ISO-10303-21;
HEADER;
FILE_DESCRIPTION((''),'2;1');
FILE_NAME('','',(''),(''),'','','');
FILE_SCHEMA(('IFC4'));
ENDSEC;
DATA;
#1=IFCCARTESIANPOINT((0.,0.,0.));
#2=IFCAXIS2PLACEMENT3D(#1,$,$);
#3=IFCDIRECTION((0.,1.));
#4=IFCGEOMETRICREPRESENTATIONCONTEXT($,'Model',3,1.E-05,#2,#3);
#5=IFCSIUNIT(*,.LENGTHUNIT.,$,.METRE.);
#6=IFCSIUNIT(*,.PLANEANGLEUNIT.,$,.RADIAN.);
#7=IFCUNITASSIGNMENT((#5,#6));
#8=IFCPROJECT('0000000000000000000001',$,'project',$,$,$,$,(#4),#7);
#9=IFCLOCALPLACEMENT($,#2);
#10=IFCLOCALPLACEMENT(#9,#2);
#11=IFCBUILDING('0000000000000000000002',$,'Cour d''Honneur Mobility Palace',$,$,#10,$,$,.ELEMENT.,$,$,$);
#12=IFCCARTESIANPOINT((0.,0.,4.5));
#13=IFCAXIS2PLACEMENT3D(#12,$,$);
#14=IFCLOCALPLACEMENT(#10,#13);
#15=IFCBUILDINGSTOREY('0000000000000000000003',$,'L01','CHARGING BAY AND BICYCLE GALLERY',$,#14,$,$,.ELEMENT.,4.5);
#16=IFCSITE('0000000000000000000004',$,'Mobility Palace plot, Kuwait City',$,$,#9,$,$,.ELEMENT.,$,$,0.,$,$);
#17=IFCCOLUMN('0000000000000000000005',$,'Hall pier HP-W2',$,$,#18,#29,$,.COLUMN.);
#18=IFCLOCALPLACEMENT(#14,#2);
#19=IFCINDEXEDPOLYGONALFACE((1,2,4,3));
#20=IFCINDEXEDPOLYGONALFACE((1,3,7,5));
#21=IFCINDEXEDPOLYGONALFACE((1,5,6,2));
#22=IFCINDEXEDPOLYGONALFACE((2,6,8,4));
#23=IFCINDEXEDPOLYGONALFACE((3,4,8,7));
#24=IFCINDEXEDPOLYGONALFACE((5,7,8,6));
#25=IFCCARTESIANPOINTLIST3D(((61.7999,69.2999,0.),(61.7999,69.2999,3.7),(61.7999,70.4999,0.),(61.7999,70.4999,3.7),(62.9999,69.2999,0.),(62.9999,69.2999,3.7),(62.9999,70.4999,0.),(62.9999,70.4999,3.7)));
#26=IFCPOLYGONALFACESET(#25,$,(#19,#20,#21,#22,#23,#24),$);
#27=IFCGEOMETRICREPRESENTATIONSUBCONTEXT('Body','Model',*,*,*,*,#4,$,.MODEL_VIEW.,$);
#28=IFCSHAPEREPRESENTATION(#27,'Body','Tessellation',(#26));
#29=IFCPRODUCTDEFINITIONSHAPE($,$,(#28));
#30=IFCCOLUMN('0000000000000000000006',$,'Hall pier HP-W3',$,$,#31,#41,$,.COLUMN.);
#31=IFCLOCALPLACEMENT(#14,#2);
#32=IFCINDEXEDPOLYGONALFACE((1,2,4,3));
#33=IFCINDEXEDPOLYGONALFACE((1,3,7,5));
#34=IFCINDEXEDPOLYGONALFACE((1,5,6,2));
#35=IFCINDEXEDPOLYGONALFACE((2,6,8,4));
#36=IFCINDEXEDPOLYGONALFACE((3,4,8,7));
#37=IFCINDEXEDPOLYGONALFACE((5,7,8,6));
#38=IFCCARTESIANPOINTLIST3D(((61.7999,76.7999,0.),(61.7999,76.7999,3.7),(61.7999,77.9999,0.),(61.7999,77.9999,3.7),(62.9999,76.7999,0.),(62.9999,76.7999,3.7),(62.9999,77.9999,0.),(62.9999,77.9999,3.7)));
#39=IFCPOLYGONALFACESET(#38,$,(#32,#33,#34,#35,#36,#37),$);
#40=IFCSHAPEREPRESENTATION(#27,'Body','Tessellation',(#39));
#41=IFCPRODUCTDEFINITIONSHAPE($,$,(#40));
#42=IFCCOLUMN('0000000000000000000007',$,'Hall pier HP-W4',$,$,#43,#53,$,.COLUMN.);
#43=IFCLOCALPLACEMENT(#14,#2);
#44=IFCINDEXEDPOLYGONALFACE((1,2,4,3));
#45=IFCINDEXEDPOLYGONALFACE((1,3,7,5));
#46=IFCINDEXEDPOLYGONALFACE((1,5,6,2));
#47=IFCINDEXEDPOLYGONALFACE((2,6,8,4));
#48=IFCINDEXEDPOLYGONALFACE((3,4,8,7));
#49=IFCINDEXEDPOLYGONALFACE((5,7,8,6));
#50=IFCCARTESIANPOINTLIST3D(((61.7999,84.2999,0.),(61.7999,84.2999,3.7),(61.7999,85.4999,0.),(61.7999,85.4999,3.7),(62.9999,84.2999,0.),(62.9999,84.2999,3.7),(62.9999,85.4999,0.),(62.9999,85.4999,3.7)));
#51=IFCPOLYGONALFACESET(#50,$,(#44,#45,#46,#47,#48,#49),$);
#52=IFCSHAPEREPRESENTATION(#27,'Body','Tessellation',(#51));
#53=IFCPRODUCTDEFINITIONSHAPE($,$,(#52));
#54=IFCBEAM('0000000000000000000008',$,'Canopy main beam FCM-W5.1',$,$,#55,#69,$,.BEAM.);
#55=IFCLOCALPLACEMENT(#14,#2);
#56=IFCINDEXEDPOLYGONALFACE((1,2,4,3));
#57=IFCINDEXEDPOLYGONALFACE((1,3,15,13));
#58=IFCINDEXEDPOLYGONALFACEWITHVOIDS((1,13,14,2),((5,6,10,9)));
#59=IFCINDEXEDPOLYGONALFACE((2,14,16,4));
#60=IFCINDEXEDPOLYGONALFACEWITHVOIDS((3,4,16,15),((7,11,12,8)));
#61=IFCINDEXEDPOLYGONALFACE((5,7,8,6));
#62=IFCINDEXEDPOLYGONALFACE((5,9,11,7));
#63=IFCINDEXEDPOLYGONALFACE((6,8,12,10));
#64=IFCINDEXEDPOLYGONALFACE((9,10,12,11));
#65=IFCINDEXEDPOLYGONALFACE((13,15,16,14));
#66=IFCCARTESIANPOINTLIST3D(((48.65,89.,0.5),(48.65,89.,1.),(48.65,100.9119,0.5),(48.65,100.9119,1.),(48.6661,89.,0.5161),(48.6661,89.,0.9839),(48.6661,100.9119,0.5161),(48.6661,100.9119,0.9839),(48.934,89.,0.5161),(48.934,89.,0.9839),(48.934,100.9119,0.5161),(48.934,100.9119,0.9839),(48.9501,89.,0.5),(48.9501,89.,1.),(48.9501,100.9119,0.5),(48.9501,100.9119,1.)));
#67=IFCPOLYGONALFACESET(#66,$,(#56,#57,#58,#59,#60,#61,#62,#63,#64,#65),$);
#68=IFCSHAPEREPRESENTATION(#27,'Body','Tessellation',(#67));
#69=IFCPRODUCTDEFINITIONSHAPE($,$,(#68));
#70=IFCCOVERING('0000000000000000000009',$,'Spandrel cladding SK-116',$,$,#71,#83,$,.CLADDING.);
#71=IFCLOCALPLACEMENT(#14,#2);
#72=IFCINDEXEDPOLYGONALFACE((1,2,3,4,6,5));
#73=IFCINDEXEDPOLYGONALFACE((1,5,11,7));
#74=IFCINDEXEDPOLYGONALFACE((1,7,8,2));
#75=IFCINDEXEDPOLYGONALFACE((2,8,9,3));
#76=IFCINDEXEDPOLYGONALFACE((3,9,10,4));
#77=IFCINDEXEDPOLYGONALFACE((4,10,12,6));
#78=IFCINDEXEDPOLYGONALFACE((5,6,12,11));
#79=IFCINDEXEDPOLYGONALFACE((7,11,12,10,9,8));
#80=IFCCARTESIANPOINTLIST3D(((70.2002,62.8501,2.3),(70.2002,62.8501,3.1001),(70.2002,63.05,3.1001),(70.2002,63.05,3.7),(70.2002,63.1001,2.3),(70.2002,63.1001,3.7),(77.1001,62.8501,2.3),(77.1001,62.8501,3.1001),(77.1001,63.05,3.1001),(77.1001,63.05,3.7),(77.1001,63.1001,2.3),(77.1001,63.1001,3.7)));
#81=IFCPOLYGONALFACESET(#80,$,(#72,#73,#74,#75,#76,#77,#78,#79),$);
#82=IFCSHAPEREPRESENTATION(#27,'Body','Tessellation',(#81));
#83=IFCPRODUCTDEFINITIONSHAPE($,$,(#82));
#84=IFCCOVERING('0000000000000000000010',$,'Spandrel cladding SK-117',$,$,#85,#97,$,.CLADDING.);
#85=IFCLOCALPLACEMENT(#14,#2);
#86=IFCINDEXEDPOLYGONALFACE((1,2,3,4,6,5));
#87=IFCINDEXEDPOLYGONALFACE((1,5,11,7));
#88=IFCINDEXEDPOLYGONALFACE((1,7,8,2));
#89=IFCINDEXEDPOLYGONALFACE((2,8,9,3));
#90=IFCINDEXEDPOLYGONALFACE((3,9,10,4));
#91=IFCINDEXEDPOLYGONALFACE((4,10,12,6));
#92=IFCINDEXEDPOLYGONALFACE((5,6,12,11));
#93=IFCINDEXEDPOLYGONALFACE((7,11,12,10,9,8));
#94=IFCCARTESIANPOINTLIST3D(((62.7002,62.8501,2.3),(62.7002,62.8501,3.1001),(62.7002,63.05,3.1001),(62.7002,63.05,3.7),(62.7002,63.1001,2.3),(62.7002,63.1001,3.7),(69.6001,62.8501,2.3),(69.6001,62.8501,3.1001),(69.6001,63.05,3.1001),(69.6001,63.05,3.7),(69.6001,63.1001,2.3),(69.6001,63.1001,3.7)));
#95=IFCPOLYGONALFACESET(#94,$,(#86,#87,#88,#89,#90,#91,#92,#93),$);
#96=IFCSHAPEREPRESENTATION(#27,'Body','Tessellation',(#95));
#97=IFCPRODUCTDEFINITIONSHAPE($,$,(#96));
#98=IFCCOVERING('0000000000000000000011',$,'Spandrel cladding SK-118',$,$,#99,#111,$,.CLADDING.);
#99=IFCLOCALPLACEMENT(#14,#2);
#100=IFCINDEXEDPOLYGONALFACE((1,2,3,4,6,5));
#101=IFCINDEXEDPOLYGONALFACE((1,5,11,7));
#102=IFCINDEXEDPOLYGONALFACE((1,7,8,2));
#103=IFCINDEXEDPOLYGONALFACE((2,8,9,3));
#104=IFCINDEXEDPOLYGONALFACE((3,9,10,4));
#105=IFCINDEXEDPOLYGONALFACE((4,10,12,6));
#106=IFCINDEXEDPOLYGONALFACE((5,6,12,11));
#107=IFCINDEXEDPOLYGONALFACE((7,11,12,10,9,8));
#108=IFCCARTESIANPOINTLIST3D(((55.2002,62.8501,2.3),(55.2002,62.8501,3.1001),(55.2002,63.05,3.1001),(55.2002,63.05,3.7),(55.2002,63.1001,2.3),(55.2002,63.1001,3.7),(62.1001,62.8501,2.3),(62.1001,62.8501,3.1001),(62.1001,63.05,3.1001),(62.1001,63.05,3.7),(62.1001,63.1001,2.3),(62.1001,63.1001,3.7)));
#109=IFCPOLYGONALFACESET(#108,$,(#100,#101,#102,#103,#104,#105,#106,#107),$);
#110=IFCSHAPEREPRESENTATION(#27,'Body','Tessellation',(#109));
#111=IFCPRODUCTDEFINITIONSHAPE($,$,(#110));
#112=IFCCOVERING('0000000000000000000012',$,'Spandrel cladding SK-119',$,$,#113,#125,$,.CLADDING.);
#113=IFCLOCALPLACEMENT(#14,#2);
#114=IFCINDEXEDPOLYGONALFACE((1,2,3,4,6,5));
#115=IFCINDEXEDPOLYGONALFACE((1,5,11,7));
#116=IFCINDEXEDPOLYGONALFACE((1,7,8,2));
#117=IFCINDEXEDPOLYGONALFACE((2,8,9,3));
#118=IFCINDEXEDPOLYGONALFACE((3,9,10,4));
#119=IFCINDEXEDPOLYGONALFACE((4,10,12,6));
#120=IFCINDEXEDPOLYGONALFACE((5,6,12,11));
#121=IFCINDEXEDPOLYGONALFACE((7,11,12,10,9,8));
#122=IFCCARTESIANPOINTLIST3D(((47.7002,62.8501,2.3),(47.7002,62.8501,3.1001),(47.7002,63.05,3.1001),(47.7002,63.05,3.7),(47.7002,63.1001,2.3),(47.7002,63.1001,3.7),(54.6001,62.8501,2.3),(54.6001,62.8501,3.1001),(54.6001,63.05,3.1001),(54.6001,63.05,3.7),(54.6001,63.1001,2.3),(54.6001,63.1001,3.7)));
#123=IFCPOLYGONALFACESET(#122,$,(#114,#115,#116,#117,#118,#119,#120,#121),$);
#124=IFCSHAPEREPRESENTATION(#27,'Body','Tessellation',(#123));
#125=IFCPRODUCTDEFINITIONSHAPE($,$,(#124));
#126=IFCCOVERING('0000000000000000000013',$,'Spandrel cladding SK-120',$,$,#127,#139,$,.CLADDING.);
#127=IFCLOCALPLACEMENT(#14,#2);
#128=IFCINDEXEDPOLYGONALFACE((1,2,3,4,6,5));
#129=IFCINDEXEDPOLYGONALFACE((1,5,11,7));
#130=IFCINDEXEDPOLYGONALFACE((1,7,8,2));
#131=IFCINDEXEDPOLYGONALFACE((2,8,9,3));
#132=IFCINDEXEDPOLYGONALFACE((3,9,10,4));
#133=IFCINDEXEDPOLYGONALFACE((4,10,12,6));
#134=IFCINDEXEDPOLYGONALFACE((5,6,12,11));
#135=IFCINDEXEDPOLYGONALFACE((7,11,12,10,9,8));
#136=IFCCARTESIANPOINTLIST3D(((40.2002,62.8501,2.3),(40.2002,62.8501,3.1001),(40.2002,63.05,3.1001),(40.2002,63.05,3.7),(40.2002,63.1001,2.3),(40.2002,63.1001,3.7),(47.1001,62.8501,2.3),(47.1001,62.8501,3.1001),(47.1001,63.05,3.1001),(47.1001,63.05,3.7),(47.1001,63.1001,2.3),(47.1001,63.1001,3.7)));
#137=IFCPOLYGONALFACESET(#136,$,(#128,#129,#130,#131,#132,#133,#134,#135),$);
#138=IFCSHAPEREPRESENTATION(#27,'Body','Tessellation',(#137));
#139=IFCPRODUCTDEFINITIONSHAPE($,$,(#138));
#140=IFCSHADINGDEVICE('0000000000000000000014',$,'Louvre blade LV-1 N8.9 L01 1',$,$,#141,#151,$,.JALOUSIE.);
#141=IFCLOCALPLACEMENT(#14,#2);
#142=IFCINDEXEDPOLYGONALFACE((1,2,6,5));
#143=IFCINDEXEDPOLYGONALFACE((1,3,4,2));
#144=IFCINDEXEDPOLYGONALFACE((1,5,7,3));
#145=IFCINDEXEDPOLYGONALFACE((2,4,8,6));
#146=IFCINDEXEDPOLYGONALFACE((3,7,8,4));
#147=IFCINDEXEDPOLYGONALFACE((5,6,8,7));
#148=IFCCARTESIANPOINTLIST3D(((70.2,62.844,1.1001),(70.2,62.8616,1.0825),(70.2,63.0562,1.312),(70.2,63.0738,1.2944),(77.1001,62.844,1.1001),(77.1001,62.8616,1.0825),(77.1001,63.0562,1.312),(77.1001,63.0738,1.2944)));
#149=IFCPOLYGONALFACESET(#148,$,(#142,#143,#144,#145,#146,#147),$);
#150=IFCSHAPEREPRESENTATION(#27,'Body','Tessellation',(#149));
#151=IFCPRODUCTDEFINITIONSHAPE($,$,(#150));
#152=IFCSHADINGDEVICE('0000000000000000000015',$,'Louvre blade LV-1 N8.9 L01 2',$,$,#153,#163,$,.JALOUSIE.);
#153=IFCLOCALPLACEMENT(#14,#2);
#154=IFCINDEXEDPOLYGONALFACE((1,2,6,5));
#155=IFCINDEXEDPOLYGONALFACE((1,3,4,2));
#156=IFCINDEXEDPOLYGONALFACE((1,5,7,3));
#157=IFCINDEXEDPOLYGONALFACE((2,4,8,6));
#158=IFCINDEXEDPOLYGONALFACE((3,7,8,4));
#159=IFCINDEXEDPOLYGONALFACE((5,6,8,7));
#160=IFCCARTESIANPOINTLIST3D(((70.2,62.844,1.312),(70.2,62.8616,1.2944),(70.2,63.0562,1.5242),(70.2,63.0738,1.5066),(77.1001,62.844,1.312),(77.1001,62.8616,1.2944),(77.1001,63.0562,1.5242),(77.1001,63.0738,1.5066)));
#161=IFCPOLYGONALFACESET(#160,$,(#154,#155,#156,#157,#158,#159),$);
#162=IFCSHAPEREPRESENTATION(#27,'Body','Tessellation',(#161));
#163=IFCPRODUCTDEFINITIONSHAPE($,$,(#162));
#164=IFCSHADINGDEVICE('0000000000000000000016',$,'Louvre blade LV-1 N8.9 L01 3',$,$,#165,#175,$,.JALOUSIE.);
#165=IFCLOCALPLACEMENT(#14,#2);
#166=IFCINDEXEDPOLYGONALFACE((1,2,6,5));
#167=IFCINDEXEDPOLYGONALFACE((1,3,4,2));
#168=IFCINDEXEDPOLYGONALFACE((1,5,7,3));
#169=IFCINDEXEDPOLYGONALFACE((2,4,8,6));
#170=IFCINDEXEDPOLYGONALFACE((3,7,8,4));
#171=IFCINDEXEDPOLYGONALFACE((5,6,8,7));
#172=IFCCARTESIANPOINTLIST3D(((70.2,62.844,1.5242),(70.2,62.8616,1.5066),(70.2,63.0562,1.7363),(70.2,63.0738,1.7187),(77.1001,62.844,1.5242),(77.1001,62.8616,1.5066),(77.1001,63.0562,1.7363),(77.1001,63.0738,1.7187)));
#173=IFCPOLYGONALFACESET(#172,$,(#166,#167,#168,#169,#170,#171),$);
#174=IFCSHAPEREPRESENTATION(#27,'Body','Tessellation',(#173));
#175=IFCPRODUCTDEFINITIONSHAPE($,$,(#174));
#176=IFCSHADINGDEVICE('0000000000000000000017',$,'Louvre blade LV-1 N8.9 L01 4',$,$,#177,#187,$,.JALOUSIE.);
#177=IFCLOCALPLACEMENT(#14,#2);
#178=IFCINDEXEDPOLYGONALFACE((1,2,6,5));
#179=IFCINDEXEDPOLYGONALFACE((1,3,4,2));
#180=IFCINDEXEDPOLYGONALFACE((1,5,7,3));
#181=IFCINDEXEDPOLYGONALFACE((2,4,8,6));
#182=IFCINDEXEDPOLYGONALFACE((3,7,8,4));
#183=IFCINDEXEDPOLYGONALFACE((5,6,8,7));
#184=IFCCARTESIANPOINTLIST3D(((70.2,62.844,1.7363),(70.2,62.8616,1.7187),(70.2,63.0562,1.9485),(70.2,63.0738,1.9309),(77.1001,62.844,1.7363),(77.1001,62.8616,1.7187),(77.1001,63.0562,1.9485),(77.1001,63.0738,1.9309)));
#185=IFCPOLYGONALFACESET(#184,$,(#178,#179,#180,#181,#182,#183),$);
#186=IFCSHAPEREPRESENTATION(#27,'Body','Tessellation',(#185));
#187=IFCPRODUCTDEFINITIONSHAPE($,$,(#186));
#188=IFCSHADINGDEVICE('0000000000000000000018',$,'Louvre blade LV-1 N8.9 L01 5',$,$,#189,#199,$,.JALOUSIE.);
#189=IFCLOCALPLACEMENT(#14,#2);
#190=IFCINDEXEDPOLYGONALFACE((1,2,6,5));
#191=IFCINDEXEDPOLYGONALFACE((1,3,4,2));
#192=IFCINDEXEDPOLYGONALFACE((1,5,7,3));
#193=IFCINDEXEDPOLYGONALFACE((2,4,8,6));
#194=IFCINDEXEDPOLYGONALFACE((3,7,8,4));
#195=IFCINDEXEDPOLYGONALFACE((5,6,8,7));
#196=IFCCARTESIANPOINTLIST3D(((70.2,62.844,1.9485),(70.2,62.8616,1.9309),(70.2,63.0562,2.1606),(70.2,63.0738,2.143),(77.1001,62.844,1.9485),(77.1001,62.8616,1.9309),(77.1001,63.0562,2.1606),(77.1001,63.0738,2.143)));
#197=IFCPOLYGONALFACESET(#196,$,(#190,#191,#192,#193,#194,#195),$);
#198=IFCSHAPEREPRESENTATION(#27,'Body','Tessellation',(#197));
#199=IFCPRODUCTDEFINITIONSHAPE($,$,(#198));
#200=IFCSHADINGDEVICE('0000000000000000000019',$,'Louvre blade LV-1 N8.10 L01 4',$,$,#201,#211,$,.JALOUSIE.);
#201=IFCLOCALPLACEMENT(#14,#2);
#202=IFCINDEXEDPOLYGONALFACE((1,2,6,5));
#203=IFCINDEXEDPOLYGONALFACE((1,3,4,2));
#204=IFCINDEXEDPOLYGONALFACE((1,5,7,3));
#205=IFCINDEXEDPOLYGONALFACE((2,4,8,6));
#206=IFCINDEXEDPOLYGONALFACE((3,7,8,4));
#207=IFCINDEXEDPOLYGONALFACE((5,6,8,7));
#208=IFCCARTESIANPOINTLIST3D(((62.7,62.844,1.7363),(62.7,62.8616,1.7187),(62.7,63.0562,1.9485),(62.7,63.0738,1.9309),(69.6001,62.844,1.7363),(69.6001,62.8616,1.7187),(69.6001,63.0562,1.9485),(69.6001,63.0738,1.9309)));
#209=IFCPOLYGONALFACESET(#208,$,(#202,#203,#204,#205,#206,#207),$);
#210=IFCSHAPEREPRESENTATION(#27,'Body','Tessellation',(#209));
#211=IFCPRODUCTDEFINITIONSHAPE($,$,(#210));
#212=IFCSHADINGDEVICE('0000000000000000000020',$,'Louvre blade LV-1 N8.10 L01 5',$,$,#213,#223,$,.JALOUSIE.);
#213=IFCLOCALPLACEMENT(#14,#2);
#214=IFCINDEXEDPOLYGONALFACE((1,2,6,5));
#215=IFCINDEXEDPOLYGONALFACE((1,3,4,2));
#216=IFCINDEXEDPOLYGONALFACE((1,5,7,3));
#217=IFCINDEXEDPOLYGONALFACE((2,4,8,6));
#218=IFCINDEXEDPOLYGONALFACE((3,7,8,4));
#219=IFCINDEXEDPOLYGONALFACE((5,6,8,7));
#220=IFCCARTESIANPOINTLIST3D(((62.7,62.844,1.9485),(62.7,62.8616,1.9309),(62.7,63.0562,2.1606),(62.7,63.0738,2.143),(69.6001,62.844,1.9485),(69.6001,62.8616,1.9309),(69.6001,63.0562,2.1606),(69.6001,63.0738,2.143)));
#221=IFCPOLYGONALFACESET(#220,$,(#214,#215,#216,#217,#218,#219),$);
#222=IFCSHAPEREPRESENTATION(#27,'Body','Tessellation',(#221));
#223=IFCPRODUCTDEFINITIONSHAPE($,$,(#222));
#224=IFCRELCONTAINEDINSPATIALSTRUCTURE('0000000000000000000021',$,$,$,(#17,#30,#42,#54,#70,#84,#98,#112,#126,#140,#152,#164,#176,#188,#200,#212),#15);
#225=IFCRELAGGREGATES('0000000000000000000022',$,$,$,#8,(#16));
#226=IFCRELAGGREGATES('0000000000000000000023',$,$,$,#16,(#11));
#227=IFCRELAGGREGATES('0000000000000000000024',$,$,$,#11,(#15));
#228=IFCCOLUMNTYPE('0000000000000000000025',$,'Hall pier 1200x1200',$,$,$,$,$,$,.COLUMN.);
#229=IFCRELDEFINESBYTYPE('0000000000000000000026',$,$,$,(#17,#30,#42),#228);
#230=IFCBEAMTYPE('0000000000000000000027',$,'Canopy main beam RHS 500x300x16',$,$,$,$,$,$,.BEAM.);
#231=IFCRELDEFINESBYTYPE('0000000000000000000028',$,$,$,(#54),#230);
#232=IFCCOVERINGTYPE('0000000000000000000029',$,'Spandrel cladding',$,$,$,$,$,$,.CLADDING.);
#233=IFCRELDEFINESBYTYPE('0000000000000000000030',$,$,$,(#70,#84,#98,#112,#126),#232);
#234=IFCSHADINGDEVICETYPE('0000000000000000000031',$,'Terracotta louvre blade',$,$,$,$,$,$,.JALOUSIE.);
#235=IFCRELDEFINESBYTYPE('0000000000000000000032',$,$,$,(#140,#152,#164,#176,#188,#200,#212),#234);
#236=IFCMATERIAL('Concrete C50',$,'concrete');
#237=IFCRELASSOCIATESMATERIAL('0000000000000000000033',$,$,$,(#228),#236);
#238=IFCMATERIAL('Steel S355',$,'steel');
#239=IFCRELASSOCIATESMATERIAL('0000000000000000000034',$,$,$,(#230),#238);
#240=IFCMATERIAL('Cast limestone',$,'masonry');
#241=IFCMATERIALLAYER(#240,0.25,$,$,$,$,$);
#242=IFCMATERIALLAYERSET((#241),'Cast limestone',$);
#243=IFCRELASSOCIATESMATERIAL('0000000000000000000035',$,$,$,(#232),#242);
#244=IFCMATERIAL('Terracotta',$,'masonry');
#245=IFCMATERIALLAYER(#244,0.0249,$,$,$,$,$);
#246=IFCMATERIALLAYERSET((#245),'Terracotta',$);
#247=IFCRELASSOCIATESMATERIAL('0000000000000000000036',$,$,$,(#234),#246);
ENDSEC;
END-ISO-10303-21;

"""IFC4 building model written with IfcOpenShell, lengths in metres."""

from ifc_helpers import new_model, si_unit, direction, frame, origin, origin_2d, place, context, subcontext, project, spatial, polyline, rectangle, hollow_rectangle, outline, extrude, material, layer, layer_set, material_profile, profile_set, type_object, element, save


model = new_model("IFC4")

# Units and contexts
model_context = context("Model", 3, precision=1e-05, world=origin(), true_north=direction((0.0, 1.0)))
body_context = subcontext(model_context, "Body", "Model", "MODEL_VIEW")
ifc_project = project(units=[si_unit("LENGTHUNIT", "METRE"), si_unit("PLANEANGLEUNIT", "RADIAN")], contexts=[model_context])

# Site, building, storey
site_placement = place(None, origin())
site = spatial("IfcSite", under=ifc_project, at=site_placement, Name="Mobility Palace plot, Kuwait City", CompositionType="ELEMENT", RefElevation=0.0)
building_placement = place(site_placement, origin())
building = spatial("IfcBuilding", under=site, at=building_placement, Name="Cour d'Honneur Mobility Palace", CompositionType="ELEMENT")
storey_placement = place(building_placement, frame((0.0, 0.0, 4.5)))
storey = spatial("IfcBuildingStorey", under=building, at=storey_placement, Name="L01", Description="CHARGING BAY AND BICYCLE GALLERY", CompositionType="ELEMENT", Elevation=4.5)

# Columns
ifc_material_1 = material(Name="Concrete C50", Category="concrete")
ifc_material_profile_1 = material_profile(ifc_material_1, rectangle(XDim=1.2, YDim=1.2, at=origin_2d()), Name="Hall pier 1200x1200")
ifc_profile_set_1 = profile_set([ifc_material_profile_1], Name="Concrete C50")
column_type = type_object("IfcColumnType", Name="Hall pier 1200x1200", PredefinedType="COLUMN", material=ifc_profile_set_1)
for number, where, z_axis, x_axis, name in (
    (1, (62.3999, 69.8999, 0.0), (0.0, 0.0, 1.0), (1.0, 0.0, 0.0), "Hall pier HP-W2"),
    (2, (62.3999, 77.3999, 0.0), (0.0, 0.0, 1.0), (1.0, 0.0, 0.0), "Hall pier HP-W3"),
    (3, (62.3999, 84.8999, 0.0), (0.0, 0.0, 1.0), (1.0, 0.0, 0.0), "Hall pier HP-W4"),
):
    element("IfcColumn", number, at=place(storey_placement, frame(where, z_axis=z_axis, x_axis=x_axis)), inside=storey, type_object=column_type, Name=name, PredefinedType="COLUMN", context=body_context, shape_type="SweptSolid", body=[
        extrude(rectangle(XDim=1.2, YDim=1.2, at=origin_2d()), origin(), (0.0, 0.0, 1.0), 3.7),
    ])

# Beam
ifc_material_2 = material(Name="Steel S355", Category="steel")
ifc_material_profile_2 = material_profile(ifc_material_2, hollow_rectangle(XDim=0.3, YDim=0.5, WallThickness=0.0161, at=origin_2d()), Name="RHS 500x300x16")
ifc_profile_set_2 = profile_set([ifc_material_profile_2], Name="Steel S355")
beam_type = type_object("IfcBeamType", Name="Canopy main beam RHS 500x300x16", PredefinedType="BEAM", material=ifc_profile_set_2)
beam_placement = place(storey_placement, frame((48.8, 89.0, 0.75), z_axis=(0.0, 1.0, 0.0), x_axis=(-1.0, 0.0, 0.0)))
element("IfcBeam", 4, at=beam_placement, inside=storey, type_object=beam_type, Name="Canopy main beam FCM-W5.1", PredefinedType="BEAM", context=body_context, shape_type="SweptSolid", body=[
    extrude(hollow_rectangle(XDim=0.3, YDim=0.5, WallThickness=0.0161, at=origin_2d()), origin(), (0.0, 0.0, 1.0), 11.9119),
])

# Coverings
ifc_material_3 = material(Name="Cast limestone", Category="masonry")
ifc_layer_1 = layer(ifc_material_3, 0.25)
ifc_layer_set_1 = layer_set([ifc_layer_1], Name="Cast limestone")
covering_type = type_object("IfcCoveringType", Name="Spandrel cladding", PredefinedType="CLADDING", material=ifc_layer_set_1)
for number, where, z_axis, x_axis, name in (
    (5, (77.1001, 62.8501, 2.3), (1.0, 0.0, 0.0), (0.0, 1.0, 0.0), "Spandrel cladding SK-116"),
    (6, (69.6001, 62.8501, 2.3), (1.0, 0.0, 0.0), (0.0, 1.0, 0.0), "Spandrel cladding SK-117"),
    (7, (62.1001, 62.8501, 2.3), (1.0, 0.0, 0.0), (0.0, 1.0, 0.0), "Spandrel cladding SK-118"),
    (8, (54.6001, 62.8501, 2.3), (1.0, 0.0, 0.0), (0.0, 1.0, 0.0), "Spandrel cladding SK-119"),
    (9, (47.1001, 62.8501, 2.3), (1.0, 0.0, 0.0), (0.0, 1.0, 0.0), "Spandrel cladding SK-120"),
):
    element("IfcCovering", number, at=place(storey_placement, frame(where, z_axis=z_axis, x_axis=x_axis)), inside=storey, type_object=covering_type, Name=name, PredefinedType="CLADDING", context=body_context, shape_type="SweptSolid", body=[
        extrude(outline(polyline([(0.0, 0.0), (0.25, 0.0), (0.25, 1.3999), (0.2, 1.3999), (0.2, 0.8), (0.0, 0.8), (0.0, 0.0)])), origin(), (0.0, 0.0, -1.0), 6.8999),
    ])

# Shading devices
ifc_material_4 = material(Name="Terracotta", Category="masonry")
ifc_layer_2 = layer(ifc_material_4, 0.0249)
ifc_layer_set_2 = layer_set([ifc_layer_2], Name="Terracotta")
shading_device_type = type_object("IfcShadingDeviceType", Name="Terracotta louvre blade", PredefinedType="JALOUSIE", material=ifc_layer_set_2)
shading_device_placement = place(storey_placement, frame((77.1001, 62.844, 1.1001), z_axis=(0.0, -0.7067, 0.707514), x_axis=(-1.0, 0.0, 0.0)))
element("IfcShadingDevice", 10, at=shading_device_placement, inside=storey, type_object=shading_device_type, Name="Louvre blade LV-1 N8.9 L01 1", PredefinedType="JALOUSIE", context=body_context, shape_type="SweptSolid", body=[
    extrude(outline(polyline([(0.0, 0.0), (6.9001, 0.0), (6.9001, -0.2999), (0.0, -0.2999), (0.0, 0.0)])), origin(), (0.0, 0.0, -1.0), 0.0249),
])
for number, where, z_axis, x_axis, name in (
    (11, (77.1001, 62.844, 1.312), (0.0, -0.707107, 0.707107), (-1.0, 0.0, 0.0), "Louvre blade LV-1 N8.9 L01 2"),
    (12, (77.1001, 62.844, 1.5242), (0.0, -0.707107, 0.707107), (-1.0, 0.0, 0.0), "Louvre blade LV-1 N8.9 L01 3"),
    (13, (77.1001, 62.844, 1.7363), (0.0, -0.707107, 0.707107), (-1.0, 0.0, 0.0), "Louvre blade LV-1 N8.9 L01 4"),
    (14, (77.1001, 62.844, 1.9485), (0.0, -0.707107, 0.707107), (-1.0, 0.0, 0.0), "Louvre blade LV-1 N8.9 L01 5"),
    (15, (69.6001, 62.844, 1.7363), (0.0, -0.707107, 0.707107), (-1.0, 0.0, 0.0), "Louvre blade LV-1 N8.10 L01 4"),
    (16, (69.6001, 62.844, 1.9485), (0.0, -0.707107, 0.707107), (-1.0, 0.0, 0.0), "Louvre blade LV-1 N8.10 L01 5"),
):
    element("IfcShadingDevice", number, at=place(storey_placement, frame(where, z_axis=z_axis, x_axis=x_axis)), inside=storey, type_object=shading_device_type, Name=name, PredefinedType="JALOUSIE", context=body_context, shape_type="SweptSolid", body=[
        extrude(outline(polyline([(0.0, 0.0), (6.9001, 0.0), (6.9001, -0.3), (0.0, -0.3), (0.0, 0.0)])), origin(), (0.0, 0.0, -1.0), 0.0249),
    ])

save(model, "model.ifc")
